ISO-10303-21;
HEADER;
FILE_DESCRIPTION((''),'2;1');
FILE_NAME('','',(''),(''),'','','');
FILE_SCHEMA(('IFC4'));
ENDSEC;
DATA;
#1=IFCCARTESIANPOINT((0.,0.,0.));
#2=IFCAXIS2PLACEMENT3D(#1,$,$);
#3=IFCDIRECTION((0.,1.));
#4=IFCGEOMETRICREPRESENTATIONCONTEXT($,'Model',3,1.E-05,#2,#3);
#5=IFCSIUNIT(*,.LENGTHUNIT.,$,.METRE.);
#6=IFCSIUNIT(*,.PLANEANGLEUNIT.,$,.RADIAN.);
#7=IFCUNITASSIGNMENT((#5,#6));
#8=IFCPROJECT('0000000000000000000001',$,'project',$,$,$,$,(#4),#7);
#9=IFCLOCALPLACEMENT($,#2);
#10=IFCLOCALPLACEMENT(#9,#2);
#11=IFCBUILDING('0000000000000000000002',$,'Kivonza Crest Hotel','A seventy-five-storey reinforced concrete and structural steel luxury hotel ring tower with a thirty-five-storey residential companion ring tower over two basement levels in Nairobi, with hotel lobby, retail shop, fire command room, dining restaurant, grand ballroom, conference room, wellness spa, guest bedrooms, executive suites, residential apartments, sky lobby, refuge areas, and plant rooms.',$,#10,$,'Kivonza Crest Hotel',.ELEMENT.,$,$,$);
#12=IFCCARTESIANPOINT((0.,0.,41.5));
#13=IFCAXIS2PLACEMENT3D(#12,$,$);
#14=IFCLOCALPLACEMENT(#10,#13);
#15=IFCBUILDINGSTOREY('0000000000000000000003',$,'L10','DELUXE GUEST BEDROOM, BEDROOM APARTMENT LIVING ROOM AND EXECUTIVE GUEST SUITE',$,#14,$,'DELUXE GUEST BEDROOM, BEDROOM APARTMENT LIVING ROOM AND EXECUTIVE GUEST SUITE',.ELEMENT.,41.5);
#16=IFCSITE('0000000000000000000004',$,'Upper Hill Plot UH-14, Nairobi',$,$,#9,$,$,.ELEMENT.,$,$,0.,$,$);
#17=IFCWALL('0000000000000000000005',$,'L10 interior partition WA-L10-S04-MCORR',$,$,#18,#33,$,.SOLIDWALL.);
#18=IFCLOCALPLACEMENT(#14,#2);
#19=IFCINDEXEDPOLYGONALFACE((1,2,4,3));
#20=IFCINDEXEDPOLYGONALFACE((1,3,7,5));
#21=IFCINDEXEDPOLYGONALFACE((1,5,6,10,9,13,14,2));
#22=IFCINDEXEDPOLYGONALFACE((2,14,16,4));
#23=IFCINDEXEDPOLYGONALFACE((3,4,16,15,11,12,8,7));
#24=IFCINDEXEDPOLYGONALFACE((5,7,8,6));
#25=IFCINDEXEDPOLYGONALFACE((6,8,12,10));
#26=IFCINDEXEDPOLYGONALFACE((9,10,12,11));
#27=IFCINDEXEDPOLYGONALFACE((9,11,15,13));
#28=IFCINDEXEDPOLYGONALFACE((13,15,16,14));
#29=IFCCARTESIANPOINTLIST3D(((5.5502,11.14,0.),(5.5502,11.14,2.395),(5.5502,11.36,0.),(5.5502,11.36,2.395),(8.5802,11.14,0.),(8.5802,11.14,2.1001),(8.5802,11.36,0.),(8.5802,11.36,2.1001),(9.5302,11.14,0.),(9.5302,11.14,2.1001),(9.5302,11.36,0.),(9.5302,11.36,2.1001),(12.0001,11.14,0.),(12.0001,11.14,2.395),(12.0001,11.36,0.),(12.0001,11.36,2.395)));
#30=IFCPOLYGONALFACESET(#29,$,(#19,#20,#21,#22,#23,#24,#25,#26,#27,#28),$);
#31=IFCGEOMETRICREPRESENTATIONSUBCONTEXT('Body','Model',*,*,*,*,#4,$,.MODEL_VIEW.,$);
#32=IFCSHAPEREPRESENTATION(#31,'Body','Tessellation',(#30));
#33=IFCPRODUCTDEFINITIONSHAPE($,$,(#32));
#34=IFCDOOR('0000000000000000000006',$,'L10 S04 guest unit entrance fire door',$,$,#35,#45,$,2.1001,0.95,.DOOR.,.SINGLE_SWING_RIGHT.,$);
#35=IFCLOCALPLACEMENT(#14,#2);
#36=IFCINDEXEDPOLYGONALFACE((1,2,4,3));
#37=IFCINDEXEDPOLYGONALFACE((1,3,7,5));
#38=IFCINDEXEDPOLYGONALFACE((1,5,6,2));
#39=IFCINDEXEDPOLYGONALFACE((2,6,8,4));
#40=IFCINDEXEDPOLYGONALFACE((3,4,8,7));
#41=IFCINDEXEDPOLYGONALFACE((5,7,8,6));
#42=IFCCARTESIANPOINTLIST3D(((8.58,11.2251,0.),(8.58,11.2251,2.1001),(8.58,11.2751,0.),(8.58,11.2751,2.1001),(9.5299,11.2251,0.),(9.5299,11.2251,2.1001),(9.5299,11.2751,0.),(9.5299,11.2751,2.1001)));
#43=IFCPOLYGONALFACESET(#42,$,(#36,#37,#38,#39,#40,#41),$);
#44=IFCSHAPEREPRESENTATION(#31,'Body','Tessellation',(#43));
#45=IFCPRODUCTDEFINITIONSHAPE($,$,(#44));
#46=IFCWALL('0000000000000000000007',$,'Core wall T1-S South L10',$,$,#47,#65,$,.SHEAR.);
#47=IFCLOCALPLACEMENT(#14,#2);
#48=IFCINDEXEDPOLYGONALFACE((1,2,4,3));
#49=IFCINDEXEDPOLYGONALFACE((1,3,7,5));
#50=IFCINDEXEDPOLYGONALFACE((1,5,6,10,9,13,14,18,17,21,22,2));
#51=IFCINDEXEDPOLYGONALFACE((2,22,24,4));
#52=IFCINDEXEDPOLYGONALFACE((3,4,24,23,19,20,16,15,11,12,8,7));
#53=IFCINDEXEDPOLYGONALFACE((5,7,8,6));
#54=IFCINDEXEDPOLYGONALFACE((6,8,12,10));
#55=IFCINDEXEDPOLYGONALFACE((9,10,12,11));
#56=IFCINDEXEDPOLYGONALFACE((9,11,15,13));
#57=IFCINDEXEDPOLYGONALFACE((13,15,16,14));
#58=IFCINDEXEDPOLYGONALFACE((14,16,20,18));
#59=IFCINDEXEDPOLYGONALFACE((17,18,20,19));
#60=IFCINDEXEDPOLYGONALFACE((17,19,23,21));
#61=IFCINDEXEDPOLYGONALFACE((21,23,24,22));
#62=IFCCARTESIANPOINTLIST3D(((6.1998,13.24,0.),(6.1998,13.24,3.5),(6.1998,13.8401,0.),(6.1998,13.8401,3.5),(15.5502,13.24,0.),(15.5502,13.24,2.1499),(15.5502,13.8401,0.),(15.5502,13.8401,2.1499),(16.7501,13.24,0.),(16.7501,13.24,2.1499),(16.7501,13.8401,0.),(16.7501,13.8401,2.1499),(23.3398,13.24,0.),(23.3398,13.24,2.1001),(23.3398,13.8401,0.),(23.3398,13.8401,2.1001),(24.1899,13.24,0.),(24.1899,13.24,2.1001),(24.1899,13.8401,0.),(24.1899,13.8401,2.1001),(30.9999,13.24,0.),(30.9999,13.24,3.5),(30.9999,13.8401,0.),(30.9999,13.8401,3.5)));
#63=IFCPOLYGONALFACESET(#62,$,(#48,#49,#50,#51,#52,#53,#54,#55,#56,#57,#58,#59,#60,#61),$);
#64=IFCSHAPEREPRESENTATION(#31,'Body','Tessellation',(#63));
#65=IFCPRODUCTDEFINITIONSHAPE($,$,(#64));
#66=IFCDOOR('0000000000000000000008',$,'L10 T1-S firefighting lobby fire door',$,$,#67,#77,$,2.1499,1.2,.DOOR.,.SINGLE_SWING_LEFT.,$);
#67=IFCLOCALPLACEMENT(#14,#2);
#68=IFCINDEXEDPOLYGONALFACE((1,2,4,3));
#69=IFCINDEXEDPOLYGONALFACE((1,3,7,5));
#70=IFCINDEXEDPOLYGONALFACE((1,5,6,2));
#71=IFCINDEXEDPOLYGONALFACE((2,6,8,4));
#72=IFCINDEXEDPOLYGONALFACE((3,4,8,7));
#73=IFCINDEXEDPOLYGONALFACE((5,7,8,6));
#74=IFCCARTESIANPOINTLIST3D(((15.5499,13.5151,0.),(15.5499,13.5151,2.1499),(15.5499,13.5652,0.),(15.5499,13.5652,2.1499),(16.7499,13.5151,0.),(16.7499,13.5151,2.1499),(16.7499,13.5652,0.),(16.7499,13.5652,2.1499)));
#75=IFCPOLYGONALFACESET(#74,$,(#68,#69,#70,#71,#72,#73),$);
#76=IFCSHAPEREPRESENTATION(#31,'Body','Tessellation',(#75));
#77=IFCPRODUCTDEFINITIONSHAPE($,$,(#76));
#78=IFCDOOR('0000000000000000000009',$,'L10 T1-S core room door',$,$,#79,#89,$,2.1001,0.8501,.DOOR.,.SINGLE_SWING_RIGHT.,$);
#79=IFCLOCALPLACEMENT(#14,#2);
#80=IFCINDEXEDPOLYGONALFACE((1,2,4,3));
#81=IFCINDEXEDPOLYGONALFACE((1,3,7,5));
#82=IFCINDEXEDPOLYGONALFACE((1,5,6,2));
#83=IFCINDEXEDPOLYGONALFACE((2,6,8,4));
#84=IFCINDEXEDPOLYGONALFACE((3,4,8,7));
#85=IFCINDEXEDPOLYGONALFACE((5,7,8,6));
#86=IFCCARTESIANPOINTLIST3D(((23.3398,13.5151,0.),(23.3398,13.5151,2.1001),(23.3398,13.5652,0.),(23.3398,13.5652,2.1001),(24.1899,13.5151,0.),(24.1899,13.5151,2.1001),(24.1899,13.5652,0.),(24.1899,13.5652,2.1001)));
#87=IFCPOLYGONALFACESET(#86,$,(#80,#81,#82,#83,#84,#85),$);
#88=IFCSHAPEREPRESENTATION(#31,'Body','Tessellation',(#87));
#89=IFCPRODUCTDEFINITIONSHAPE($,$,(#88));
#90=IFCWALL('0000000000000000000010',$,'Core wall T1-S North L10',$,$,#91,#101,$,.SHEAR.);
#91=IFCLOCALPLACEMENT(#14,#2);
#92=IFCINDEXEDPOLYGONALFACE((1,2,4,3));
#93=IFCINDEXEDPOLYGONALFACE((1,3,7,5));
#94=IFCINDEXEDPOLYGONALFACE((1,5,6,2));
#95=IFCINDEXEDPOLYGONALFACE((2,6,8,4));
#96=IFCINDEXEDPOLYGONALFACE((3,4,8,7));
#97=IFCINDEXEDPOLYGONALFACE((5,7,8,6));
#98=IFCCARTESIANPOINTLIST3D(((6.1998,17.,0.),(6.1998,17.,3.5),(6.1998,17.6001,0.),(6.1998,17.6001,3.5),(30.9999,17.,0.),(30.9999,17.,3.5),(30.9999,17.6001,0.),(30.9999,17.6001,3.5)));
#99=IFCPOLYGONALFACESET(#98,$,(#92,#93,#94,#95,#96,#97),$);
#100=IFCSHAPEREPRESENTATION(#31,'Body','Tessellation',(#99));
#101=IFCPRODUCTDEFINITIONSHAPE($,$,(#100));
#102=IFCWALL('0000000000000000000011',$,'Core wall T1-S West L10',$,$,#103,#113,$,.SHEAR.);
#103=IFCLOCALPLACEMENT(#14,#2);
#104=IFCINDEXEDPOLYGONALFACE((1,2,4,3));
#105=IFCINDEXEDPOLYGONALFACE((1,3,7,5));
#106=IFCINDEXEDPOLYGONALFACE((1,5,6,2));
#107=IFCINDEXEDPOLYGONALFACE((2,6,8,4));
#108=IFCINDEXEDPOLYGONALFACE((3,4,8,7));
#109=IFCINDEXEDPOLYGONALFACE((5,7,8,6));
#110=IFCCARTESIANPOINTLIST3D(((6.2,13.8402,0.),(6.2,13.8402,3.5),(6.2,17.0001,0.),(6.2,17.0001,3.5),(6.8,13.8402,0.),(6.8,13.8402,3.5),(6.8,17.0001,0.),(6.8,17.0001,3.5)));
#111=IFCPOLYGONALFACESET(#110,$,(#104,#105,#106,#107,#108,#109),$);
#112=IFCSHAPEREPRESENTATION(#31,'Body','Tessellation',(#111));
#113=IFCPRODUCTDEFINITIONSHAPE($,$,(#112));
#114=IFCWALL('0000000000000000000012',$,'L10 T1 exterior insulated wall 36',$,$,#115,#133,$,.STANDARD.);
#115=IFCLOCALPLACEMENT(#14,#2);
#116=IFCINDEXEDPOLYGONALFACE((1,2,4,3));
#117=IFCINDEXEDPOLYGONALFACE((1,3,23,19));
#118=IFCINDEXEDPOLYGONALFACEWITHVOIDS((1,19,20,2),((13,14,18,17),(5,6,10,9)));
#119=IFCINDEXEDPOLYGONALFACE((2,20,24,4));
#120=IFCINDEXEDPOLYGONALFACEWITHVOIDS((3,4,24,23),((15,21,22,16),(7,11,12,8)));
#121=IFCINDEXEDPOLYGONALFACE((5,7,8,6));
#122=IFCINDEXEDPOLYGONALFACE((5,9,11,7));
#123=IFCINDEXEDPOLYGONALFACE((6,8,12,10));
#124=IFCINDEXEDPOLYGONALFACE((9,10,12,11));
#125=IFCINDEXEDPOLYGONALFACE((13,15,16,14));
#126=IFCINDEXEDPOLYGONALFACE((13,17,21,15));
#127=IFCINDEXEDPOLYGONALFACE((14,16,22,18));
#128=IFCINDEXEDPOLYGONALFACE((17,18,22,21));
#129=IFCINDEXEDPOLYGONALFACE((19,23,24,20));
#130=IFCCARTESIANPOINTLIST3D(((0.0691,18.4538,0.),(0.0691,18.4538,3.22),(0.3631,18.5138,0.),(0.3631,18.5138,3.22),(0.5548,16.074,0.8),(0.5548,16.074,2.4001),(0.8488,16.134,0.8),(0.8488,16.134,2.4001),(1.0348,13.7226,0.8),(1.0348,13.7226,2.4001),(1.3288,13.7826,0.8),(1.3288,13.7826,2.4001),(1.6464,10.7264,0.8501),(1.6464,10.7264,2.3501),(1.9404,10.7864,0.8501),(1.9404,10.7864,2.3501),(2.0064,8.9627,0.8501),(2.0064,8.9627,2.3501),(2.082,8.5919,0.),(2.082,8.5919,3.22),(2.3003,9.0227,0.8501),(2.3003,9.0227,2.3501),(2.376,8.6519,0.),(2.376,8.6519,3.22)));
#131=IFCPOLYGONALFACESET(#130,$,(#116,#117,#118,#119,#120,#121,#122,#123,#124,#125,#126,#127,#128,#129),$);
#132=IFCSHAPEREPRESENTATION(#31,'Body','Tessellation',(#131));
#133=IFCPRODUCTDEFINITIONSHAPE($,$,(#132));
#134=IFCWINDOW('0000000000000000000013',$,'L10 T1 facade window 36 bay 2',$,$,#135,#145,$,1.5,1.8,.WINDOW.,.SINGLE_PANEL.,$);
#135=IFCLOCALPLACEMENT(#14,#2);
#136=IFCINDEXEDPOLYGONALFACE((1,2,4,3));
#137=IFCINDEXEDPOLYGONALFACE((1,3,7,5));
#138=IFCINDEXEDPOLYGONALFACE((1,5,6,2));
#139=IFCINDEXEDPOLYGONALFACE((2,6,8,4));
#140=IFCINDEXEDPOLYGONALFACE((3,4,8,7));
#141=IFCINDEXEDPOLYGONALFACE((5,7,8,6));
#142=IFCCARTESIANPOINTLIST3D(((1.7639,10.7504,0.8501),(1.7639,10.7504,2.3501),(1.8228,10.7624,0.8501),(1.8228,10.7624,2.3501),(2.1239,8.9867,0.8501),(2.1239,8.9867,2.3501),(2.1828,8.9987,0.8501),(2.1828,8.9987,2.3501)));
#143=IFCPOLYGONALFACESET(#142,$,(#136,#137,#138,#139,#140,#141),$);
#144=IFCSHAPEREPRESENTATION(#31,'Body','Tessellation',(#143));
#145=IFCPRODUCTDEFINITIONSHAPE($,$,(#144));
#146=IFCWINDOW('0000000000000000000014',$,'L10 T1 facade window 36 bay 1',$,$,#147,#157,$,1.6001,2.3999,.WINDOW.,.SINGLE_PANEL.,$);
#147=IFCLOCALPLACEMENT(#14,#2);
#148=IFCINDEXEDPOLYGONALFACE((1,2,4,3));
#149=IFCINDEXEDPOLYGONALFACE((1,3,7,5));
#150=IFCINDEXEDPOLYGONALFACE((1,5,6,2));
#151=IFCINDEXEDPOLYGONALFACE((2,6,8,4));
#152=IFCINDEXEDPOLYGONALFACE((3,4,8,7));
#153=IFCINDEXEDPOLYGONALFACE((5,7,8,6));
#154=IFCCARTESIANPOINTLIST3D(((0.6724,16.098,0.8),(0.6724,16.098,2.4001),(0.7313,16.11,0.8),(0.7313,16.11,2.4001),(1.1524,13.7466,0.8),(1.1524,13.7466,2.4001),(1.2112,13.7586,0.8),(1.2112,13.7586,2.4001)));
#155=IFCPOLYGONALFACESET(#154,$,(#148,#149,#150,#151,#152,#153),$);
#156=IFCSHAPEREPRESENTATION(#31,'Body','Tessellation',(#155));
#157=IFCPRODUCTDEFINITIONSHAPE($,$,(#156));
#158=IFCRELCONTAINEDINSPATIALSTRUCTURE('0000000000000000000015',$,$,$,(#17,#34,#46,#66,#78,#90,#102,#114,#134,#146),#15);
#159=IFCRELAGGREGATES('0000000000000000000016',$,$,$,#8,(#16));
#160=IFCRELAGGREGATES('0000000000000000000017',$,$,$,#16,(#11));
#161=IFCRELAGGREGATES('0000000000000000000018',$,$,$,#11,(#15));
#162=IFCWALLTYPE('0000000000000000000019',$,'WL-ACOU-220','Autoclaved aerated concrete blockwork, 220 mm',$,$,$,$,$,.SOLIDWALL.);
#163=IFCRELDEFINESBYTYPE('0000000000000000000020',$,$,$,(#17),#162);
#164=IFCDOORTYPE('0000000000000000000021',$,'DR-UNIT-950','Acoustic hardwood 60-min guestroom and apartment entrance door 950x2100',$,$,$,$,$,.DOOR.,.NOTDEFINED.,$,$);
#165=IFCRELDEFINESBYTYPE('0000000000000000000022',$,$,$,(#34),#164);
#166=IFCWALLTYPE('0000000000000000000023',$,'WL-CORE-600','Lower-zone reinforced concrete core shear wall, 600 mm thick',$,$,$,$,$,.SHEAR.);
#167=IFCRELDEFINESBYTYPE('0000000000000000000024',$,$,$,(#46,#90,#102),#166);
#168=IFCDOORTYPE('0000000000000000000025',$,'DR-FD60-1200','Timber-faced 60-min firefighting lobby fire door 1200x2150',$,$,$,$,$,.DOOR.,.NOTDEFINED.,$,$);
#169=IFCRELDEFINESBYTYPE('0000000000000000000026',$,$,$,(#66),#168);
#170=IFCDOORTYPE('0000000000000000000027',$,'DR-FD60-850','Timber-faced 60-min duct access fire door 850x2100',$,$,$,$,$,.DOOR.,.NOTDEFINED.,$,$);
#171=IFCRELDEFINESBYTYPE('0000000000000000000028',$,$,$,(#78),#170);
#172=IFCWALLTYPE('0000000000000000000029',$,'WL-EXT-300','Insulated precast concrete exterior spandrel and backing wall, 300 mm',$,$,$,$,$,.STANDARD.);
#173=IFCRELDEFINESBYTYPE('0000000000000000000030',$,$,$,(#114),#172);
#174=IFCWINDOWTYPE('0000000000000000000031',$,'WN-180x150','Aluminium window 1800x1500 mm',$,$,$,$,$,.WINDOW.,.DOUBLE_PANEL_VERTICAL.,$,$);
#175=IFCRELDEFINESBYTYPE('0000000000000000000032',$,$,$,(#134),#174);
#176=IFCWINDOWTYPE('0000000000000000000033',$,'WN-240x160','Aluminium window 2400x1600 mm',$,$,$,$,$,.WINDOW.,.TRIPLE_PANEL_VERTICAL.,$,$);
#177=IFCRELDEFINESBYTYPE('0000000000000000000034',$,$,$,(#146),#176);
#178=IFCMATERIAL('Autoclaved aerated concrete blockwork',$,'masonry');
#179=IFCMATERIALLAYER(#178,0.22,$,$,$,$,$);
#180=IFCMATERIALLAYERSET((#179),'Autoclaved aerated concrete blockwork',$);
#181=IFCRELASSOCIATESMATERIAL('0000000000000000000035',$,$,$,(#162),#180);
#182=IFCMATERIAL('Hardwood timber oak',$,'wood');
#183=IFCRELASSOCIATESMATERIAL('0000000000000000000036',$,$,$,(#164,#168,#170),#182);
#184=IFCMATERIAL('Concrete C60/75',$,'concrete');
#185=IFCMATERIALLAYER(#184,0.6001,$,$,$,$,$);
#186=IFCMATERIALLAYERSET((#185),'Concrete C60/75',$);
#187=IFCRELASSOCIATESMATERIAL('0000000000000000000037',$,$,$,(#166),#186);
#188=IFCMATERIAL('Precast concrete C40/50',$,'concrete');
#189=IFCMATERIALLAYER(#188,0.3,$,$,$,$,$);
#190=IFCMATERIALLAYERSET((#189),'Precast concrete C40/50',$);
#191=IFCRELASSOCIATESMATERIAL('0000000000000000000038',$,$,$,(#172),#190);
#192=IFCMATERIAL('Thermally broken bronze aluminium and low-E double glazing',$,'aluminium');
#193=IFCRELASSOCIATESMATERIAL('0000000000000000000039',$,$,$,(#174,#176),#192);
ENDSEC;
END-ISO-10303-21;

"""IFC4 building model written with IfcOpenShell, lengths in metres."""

from ifc_helpers import new_model, si_unit, direction, frame, frame_2d, origin, place, context, subcontext, project, spatial, rectangle, extrude, material, layer, layer_set, type_object, element, fill, save


model = new_model("IFC4")

# Units and contexts
model_context = context("Model", 3, precision=1e-05, world=origin(), true_north=direction((0.0, 1.0)))
body_context = subcontext(model_context, "Body", "Model", "MODEL_VIEW")
ifc_project = project(units=[si_unit("LENGTHUNIT", "METRE"), si_unit("PLANEANGLEUNIT", "RADIAN")], contexts=[model_context])

# Site, building, storey
site_placement = place(None, origin())
site = spatial("IfcSite", under=ifc_project, at=site_placement, Name="Upper Hill Plot UH-14, Nairobi", CompositionType="ELEMENT", RefElevation=0.0)
building_placement = place(site_placement, origin())
building = spatial("IfcBuilding", under=site, at=building_placement, Name="Kivonza Crest Hotel", Description="A seventy-five-storey reinforced concrete and structural steel luxury hotel ring tower with a thirty-five-storey residential companion ring tower over two basement levels in Nairobi, with hotel lobby, retail shop, fire command room, dining restaurant, grand ballroom, conference room, wellness spa, guest bedrooms, executive suites, residential apartments, sky lobby, refuge areas, and plant rooms.", LongName="Kivonza Crest Hotel", CompositionType="ELEMENT")
storey_placement = place(building_placement, frame((0.0, 0.0, 41.5)))
storey = spatial("IfcBuildingStorey", under=building, at=storey_placement, Name="L10", Description="DELUXE GUEST BEDROOM, BEDROOM APARTMENT LIVING ROOM AND EXECUTIVE GUEST SUITE", LongName="DELUXE GUEST BEDROOM, BEDROOM APARTMENT LIVING ROOM AND EXECUTIVE GUEST SUITE", CompositionType="ELEMENT", Elevation=41.5)

# Shared definitions
ifc_material_1 = material(Name="Concrete C60/75", Category="concrete")

# Shared definitions
ifc_material_2 = material(Name="Autoclaved aerated concrete blockwork", Category="masonry")
ifc_layer_1 = layer(ifc_material_2, 0.22)
ifc_layer_set_1 = layer_set([ifc_layer_1], Name="Autoclaved aerated concrete blockwork")
wall_type_1 = type_object("IfcWallType", Name="WL-ACOU-220", Description="Autoclaved aerated concrete blockwork, 220 mm", PredefinedType="SOLIDWALL", material=ifc_layer_set_1)

# Wall, opening, door
wall_1_placement = place(storey_placement, frame((5.55, 11.25, 0.0), z_axis=(0.0, 0.0, 1.0), x_axis=(1.0, 0.0, 0.0)))
wall_1 = element("IfcWall", 1, at=wall_1_placement, inside=storey, type_object=wall_type_1, Name="L10 interior partition WA-L10-S04-MCORR", PredefinedType="SOLIDWALL", context=body_context, shape_type="SweptSolid", body=[
    extrude(rectangle(XDim=6.45, YDim=0.22, at=frame_2d((3.2251, 0.0))), origin(), (0.0, 0.0, 1.0), 2.395),
])
opening_1_placement = place(wall_1_placement, frame((3.03, 0.0, 0.0)))
opening_1 = element("IfcOpeningElement", 2, at=opening_1_placement, cuts=wall_1, PredefinedType="OPENING", context=body_context, shape_type="SweptSolid", body=[
    extrude(rectangle(XDim=0.95, YDim=2.1001, at=frame_2d((0.4751, 1.05))), frame((0.0, 0.1201, 0.0), z_axis=(0.0, -1.0, 0.0), x_axis=(1.0, 0.0, 0.0)), (0.0, 0.0, 1.0), 0.24),
])
ifc_material_3 = material(Name="Hardwood timber oak", Category="wood")
door_type_1 = type_object("IfcDoorType", Name="DR-UNIT-950", Description="Acoustic hardwood 60-min guestroom and apartment entrance door 950x2100", OperationType="NOTDEFINED", PredefinedType="DOOR", material=ifc_material_3)
door_1_placement = place(opening_1_placement, frame((0.95, 0.0, 0.0), z_axis=(0.0, 0.0, 1.0), x_axis=(-1.0, 0.0, 0.0)))
door_1 = element("IfcDoor", 3, at=door_1_placement, inside=storey, type_object=door_type_1, Name="L10 S04 guest unit entrance fire door", OperationType="SINGLE_SWING_RIGHT", OverallHeight=2.1001, OverallWidth=0.95, PredefinedType="DOOR", context=body_context, shape_type="SweptSolid", body=[
    extrude(rectangle(XDim=0.95, YDim=2.1001, at=frame_2d((0.4751, 1.05))), frame((0.0, 0.0249, 0.0), z_axis=(0.0, -1.0, 0.0), x_axis=(1.0, 0.0, 0.0)), (0.0, 0.0, 1.0), 0.05),
])
fill(opening_1, door_1)

# Wall, openings, doors
ifc_layer_2 = layer(ifc_material_1, 0.6001)
ifc_layer_set_2 = layer_set([ifc_layer_2], Name="Concrete C60/75")
wall_type_2 = type_object("IfcWallType", Name="WL-CORE-600", Description="Lower-zone reinforced concrete core shear wall, 600 mm thick", PredefinedType="SHEAR", material=ifc_layer_set_2)
wall_2_placement = place(storey_placement, frame((6.2, 13.54, 0.0), z_axis=(0.0, 0.0, 1.0), x_axis=(1.0, 0.0, 0.0)))
wall_2 = element("IfcWall", 4, at=wall_2_placement, inside=storey, type_object=wall_type_2, Name="Core wall T1-S South L10", PredefinedType="SHEAR", context=body_context, shape_type="SweptSolid", body=[
    extrude(rectangle(XDim=24.8, YDim=0.6001, at=frame_2d((12.3999, 0.0))), origin(), (0.0, 0.0, 1.0), 3.5),
])
opening_2_placement = place(wall_2_placement, frame((9.3501, 0.0, 0.0)))
opening_2 = element("IfcOpeningElement", 5, at=opening_2_placement, cuts=wall_2, PredefinedType="OPENING", context=body_context, shape_type="SweptSolid", body=[
    extrude(rectangle(XDim=1.2, YDim=2.1499, at=frame_2d((0.6001, 1.075))), frame((0.0, 0.3101, 0.0), z_axis=(0.0, -1.0, 0.0), x_axis=(1.0, 0.0, 0.0)), (0.0, 0.0, 1.0), 0.6201),
])
opening_3_placement = place(wall_2_placement, frame((17.1399, 0.0, 0.0)))
opening_3 = element("IfcOpeningElement", 6, at=opening_3_placement, cuts=wall_2, PredefinedType="OPENING", context=body_context, shape_type="SweptSolid", body=[
    extrude(rectangle(XDim=0.8501, YDim=2.1001, at=frame_2d((0.425, 1.05))), frame((0.0, 0.3101, 0.0), z_axis=(0.0, -1.0, 0.0), x_axis=(1.0, 0.0, 0.0)), (0.0, 0.0, 1.0), 0.6201),
])
door_type_2 = type_object("IfcDoorType", Name="DR-FD60-1200", Description="Timber-faced 60-min firefighting lobby fire door 1200x2150", OperationType="NOTDEFINED", PredefinedType="DOOR", material=ifc_material_3)
door_2_placement = place(opening_2_placement, frame((1.2, 0.0, 0.0), z_axis=(0.0, 0.0, 1.0), x_axis=(-1.0, 0.0, 0.0)))
door_2 = element("IfcDoor", 7, at=door_2_placement, inside=storey, type_object=door_type_2, Name="L10 T1-S firefighting lobby fire door", OperationType="SINGLE_SWING_LEFT", OverallHeight=2.1499, OverallWidth=1.2, PredefinedType="DOOR", context=body_context, shape_type="SweptSolid", body=[
    extrude(rectangle(XDim=1.2, YDim=2.1499, at=frame_2d((0.6001, 1.075))), frame((0.0, 0.0249, 0.0), z_axis=(0.0, -1.0, 0.0), x_axis=(1.0, 0.0, 0.0)), (0.0, 0.0, 1.0), 0.05),
])
fill(opening_2, door_2)
door_type_3 = type_object("IfcDoorType", Name="DR-FD60-850", Description="Timber-faced 60-min duct access fire door 850x2100", OperationType="NOTDEFINED", PredefinedType="DOOR", material=ifc_material_3)
door_3_placement = place(opening_3_placement, frame((0.8501, 0.0, 0.0), z_axis=(0.0, 0.0, 1.0), x_axis=(-1.0, 0.0, 0.0)))
door_3 = element("IfcDoor", 8, at=door_3_placement, inside=storey, type_object=door_type_3, Name="L10 T1-S core room door", OperationType="SINGLE_SWING_RIGHT", OverallHeight=2.1001, OverallWidth=0.8501, PredefinedType="DOOR", context=body_context, shape_type="SweptSolid", body=[
    extrude(rectangle(XDim=0.8501, YDim=2.1001, at=frame_2d((0.425, 1.05))), frame((0.0, 0.0249, 0.0), z_axis=(0.0, -1.0, 0.0), x_axis=(1.0, 0.0, 0.0)), (0.0, 0.0, 1.0), 0.05),
])
fill(opening_3, door_3)

# Walls
wall_3_placement = place(storey_placement, frame((6.2, 17.3, 0.0), z_axis=(0.0, 0.0, 1.0), x_axis=(1.0, 0.0, 0.0)))
element("IfcWall", 9, at=wall_3_placement, inside=storey, type_object=wall_type_2, Name="Core wall T1-S North L10", PredefinedType="SHEAR", context=body_context, shape_type="SweptSolid", body=[
    extrude(rectangle(XDim=24.8, YDim=0.6001, at=frame_2d((12.3999, 0.0))), origin(), (0.0, 0.0, 1.0), 3.5),
])
wall_4_placement = place(storey_placement, frame((6.5, 13.8401, 0.0), z_axis=(0.0, 0.0, 1.0), x_axis=(0.0, 1.0, 0.0)))
element("IfcWall", 10, at=wall_4_placement, inside=storey, type_object=wall_type_2, Name="Core wall T1-S West L10", PredefinedType="SHEAR", context=body_context, shape_type="SweptSolid", body=[
    extrude(rectangle(XDim=3.1599, YDim=0.6001, at=frame_2d((1.5801, 0.0))), origin(), (0.0, 0.0, 1.0), 3.5),
])

# Wall, openings, windows
ifc_material_4 = material(Name="Precast concrete C40/50", Category="concrete")
ifc_layer_3 = layer(ifc_material_4, 0.3)
ifc_layer_set_3 = layer_set([ifc_layer_3], Name="Precast concrete C40/50")
wall_type_3 = type_object("IfcWallType", Name="WL-EXT-300", Description="Insulated precast concrete exterior spandrel and backing wall, 300 mm", PredefinedType="STANDARD", material=ifc_layer_set_3)
wall_5_placement = place(storey_placement, frame((0.2161, 18.4839, 0.0), z_axis=(0.0, 0.0, 1.0), x_axis=(0.199991, -0.979798, 0.0)))
wall_5 = element("IfcWall", 11, at=wall_5_placement, inside=storey, type_object=wall_type_3, Name="L10 T1 exterior insulated wall 36", PredefinedType="STANDARD", context=body_context, shape_type="SweptSolid", body=[
    extrude(rectangle(XDim=10.0652, YDim=0.3, at=frame_2d((5.0327, 0.0))), origin(), (0.0, 0.0, 1.0), 3.22),
])
opening_4_placement = place(wall_5_placement, frame((2.429, 0.0, 0.8)))
opening_4 = element("IfcOpeningElement", 12, at=opening_4_placement, cuts=wall_5, PredefinedType="OPENING", context=body_context, shape_type="SweptSolid", body=[
    extrude(rectangle(XDim=2.3999, YDim=1.6001, at=frame_2d((1.2, 0.8))), frame((0.0, 0.1602, 0.0), z_axis=(0.0, -1.0, 0.0), x_axis=(1.0, 0.0, 0.0)), (0.0, 0.0, 1.0), 0.3201),
])
opening_5_placement = place(wall_5_placement, frame((7.887, 0.0, 0.8501)))
opening_5 = element("IfcOpeningElement", 13, at=opening_5_placement, cuts=wall_5, PredefinedType="OPENING", context=body_context, shape_type="SweptSolid", body=[
    extrude(rectangle(XDim=1.8, YDim=1.5, at=frame_2d((0.8999, 0.75))), frame((0.0, 0.1602, 0.0), z_axis=(0.0, -1.0, 0.0), x_axis=(1.0, 0.0, 0.0)), (0.0, 0.0, 1.0), 0.3201),
])
ifc_material_5 = material(Name="Thermally broken bronze aluminium and low-E double glazing", Category="aluminium")
window_type_1 = type_object("IfcWindowType", Name="WN-180x150", Description="Aluminium window 1800x1500 mm", PartitioningType="DOUBLE_PANEL_VERTICAL", PredefinedType="WINDOW", material=ifc_material_5)
window_1_placement = place(opening_5_placement, origin())
window_1 = element("IfcWindow", 14, at=window_1_placement, inside=storey, type_object=window_type_1, Name="L10 T1 facade window 36 bay 2", OverallHeight=1.5, OverallWidth=1.8, PartitioningType="SINGLE_PANEL", PredefinedType="WINDOW", context=body_context, shape_type="SweptSolid", body=[
    extrude(rectangle(XDim=1.8, YDim=1.5, at=frame_2d((0.8999, 0.75))), frame((0.0, 0.03, 0.0), z_axis=(0.0, -1.0, 0.0), x_axis=(1.0, 0.0, 0.0)), (0.0, 0.0, 1.0), 0.0601),
])
fill(opening_5, window_1)
window_type_2 = type_object("IfcWindowType", Name="WN-240x160", Description="Aluminium window 2400x1600 mm", PartitioningType="TRIPLE_PANEL_VERTICAL", PredefinedType="WINDOW", material=ifc_material_5)
window_2_placement = place(opening_4_placement, origin())
window_2 = element("IfcWindow", 15, at=window_2_placement, inside=storey, type_object=window_type_2, Name="L10 T1 facade window 36 bay 1", OverallHeight=1.6001, OverallWidth=2.3999, PartitioningType="SINGLE_PANEL", PredefinedType="WINDOW", context=body_context, shape_type="SweptSolid", body=[
    extrude(rectangle(XDim=2.3999, YDim=1.6001, at=frame_2d((1.2, 0.8))), frame((0.0, 0.03, 0.0), z_axis=(0.0, -1.0, 0.0), x_axis=(1.0, 0.0, 0.0)), (0.0, 0.0, 1.0), 0.0601),
])
fill(opening_4, window_2)

save(model, "model.ifc")
